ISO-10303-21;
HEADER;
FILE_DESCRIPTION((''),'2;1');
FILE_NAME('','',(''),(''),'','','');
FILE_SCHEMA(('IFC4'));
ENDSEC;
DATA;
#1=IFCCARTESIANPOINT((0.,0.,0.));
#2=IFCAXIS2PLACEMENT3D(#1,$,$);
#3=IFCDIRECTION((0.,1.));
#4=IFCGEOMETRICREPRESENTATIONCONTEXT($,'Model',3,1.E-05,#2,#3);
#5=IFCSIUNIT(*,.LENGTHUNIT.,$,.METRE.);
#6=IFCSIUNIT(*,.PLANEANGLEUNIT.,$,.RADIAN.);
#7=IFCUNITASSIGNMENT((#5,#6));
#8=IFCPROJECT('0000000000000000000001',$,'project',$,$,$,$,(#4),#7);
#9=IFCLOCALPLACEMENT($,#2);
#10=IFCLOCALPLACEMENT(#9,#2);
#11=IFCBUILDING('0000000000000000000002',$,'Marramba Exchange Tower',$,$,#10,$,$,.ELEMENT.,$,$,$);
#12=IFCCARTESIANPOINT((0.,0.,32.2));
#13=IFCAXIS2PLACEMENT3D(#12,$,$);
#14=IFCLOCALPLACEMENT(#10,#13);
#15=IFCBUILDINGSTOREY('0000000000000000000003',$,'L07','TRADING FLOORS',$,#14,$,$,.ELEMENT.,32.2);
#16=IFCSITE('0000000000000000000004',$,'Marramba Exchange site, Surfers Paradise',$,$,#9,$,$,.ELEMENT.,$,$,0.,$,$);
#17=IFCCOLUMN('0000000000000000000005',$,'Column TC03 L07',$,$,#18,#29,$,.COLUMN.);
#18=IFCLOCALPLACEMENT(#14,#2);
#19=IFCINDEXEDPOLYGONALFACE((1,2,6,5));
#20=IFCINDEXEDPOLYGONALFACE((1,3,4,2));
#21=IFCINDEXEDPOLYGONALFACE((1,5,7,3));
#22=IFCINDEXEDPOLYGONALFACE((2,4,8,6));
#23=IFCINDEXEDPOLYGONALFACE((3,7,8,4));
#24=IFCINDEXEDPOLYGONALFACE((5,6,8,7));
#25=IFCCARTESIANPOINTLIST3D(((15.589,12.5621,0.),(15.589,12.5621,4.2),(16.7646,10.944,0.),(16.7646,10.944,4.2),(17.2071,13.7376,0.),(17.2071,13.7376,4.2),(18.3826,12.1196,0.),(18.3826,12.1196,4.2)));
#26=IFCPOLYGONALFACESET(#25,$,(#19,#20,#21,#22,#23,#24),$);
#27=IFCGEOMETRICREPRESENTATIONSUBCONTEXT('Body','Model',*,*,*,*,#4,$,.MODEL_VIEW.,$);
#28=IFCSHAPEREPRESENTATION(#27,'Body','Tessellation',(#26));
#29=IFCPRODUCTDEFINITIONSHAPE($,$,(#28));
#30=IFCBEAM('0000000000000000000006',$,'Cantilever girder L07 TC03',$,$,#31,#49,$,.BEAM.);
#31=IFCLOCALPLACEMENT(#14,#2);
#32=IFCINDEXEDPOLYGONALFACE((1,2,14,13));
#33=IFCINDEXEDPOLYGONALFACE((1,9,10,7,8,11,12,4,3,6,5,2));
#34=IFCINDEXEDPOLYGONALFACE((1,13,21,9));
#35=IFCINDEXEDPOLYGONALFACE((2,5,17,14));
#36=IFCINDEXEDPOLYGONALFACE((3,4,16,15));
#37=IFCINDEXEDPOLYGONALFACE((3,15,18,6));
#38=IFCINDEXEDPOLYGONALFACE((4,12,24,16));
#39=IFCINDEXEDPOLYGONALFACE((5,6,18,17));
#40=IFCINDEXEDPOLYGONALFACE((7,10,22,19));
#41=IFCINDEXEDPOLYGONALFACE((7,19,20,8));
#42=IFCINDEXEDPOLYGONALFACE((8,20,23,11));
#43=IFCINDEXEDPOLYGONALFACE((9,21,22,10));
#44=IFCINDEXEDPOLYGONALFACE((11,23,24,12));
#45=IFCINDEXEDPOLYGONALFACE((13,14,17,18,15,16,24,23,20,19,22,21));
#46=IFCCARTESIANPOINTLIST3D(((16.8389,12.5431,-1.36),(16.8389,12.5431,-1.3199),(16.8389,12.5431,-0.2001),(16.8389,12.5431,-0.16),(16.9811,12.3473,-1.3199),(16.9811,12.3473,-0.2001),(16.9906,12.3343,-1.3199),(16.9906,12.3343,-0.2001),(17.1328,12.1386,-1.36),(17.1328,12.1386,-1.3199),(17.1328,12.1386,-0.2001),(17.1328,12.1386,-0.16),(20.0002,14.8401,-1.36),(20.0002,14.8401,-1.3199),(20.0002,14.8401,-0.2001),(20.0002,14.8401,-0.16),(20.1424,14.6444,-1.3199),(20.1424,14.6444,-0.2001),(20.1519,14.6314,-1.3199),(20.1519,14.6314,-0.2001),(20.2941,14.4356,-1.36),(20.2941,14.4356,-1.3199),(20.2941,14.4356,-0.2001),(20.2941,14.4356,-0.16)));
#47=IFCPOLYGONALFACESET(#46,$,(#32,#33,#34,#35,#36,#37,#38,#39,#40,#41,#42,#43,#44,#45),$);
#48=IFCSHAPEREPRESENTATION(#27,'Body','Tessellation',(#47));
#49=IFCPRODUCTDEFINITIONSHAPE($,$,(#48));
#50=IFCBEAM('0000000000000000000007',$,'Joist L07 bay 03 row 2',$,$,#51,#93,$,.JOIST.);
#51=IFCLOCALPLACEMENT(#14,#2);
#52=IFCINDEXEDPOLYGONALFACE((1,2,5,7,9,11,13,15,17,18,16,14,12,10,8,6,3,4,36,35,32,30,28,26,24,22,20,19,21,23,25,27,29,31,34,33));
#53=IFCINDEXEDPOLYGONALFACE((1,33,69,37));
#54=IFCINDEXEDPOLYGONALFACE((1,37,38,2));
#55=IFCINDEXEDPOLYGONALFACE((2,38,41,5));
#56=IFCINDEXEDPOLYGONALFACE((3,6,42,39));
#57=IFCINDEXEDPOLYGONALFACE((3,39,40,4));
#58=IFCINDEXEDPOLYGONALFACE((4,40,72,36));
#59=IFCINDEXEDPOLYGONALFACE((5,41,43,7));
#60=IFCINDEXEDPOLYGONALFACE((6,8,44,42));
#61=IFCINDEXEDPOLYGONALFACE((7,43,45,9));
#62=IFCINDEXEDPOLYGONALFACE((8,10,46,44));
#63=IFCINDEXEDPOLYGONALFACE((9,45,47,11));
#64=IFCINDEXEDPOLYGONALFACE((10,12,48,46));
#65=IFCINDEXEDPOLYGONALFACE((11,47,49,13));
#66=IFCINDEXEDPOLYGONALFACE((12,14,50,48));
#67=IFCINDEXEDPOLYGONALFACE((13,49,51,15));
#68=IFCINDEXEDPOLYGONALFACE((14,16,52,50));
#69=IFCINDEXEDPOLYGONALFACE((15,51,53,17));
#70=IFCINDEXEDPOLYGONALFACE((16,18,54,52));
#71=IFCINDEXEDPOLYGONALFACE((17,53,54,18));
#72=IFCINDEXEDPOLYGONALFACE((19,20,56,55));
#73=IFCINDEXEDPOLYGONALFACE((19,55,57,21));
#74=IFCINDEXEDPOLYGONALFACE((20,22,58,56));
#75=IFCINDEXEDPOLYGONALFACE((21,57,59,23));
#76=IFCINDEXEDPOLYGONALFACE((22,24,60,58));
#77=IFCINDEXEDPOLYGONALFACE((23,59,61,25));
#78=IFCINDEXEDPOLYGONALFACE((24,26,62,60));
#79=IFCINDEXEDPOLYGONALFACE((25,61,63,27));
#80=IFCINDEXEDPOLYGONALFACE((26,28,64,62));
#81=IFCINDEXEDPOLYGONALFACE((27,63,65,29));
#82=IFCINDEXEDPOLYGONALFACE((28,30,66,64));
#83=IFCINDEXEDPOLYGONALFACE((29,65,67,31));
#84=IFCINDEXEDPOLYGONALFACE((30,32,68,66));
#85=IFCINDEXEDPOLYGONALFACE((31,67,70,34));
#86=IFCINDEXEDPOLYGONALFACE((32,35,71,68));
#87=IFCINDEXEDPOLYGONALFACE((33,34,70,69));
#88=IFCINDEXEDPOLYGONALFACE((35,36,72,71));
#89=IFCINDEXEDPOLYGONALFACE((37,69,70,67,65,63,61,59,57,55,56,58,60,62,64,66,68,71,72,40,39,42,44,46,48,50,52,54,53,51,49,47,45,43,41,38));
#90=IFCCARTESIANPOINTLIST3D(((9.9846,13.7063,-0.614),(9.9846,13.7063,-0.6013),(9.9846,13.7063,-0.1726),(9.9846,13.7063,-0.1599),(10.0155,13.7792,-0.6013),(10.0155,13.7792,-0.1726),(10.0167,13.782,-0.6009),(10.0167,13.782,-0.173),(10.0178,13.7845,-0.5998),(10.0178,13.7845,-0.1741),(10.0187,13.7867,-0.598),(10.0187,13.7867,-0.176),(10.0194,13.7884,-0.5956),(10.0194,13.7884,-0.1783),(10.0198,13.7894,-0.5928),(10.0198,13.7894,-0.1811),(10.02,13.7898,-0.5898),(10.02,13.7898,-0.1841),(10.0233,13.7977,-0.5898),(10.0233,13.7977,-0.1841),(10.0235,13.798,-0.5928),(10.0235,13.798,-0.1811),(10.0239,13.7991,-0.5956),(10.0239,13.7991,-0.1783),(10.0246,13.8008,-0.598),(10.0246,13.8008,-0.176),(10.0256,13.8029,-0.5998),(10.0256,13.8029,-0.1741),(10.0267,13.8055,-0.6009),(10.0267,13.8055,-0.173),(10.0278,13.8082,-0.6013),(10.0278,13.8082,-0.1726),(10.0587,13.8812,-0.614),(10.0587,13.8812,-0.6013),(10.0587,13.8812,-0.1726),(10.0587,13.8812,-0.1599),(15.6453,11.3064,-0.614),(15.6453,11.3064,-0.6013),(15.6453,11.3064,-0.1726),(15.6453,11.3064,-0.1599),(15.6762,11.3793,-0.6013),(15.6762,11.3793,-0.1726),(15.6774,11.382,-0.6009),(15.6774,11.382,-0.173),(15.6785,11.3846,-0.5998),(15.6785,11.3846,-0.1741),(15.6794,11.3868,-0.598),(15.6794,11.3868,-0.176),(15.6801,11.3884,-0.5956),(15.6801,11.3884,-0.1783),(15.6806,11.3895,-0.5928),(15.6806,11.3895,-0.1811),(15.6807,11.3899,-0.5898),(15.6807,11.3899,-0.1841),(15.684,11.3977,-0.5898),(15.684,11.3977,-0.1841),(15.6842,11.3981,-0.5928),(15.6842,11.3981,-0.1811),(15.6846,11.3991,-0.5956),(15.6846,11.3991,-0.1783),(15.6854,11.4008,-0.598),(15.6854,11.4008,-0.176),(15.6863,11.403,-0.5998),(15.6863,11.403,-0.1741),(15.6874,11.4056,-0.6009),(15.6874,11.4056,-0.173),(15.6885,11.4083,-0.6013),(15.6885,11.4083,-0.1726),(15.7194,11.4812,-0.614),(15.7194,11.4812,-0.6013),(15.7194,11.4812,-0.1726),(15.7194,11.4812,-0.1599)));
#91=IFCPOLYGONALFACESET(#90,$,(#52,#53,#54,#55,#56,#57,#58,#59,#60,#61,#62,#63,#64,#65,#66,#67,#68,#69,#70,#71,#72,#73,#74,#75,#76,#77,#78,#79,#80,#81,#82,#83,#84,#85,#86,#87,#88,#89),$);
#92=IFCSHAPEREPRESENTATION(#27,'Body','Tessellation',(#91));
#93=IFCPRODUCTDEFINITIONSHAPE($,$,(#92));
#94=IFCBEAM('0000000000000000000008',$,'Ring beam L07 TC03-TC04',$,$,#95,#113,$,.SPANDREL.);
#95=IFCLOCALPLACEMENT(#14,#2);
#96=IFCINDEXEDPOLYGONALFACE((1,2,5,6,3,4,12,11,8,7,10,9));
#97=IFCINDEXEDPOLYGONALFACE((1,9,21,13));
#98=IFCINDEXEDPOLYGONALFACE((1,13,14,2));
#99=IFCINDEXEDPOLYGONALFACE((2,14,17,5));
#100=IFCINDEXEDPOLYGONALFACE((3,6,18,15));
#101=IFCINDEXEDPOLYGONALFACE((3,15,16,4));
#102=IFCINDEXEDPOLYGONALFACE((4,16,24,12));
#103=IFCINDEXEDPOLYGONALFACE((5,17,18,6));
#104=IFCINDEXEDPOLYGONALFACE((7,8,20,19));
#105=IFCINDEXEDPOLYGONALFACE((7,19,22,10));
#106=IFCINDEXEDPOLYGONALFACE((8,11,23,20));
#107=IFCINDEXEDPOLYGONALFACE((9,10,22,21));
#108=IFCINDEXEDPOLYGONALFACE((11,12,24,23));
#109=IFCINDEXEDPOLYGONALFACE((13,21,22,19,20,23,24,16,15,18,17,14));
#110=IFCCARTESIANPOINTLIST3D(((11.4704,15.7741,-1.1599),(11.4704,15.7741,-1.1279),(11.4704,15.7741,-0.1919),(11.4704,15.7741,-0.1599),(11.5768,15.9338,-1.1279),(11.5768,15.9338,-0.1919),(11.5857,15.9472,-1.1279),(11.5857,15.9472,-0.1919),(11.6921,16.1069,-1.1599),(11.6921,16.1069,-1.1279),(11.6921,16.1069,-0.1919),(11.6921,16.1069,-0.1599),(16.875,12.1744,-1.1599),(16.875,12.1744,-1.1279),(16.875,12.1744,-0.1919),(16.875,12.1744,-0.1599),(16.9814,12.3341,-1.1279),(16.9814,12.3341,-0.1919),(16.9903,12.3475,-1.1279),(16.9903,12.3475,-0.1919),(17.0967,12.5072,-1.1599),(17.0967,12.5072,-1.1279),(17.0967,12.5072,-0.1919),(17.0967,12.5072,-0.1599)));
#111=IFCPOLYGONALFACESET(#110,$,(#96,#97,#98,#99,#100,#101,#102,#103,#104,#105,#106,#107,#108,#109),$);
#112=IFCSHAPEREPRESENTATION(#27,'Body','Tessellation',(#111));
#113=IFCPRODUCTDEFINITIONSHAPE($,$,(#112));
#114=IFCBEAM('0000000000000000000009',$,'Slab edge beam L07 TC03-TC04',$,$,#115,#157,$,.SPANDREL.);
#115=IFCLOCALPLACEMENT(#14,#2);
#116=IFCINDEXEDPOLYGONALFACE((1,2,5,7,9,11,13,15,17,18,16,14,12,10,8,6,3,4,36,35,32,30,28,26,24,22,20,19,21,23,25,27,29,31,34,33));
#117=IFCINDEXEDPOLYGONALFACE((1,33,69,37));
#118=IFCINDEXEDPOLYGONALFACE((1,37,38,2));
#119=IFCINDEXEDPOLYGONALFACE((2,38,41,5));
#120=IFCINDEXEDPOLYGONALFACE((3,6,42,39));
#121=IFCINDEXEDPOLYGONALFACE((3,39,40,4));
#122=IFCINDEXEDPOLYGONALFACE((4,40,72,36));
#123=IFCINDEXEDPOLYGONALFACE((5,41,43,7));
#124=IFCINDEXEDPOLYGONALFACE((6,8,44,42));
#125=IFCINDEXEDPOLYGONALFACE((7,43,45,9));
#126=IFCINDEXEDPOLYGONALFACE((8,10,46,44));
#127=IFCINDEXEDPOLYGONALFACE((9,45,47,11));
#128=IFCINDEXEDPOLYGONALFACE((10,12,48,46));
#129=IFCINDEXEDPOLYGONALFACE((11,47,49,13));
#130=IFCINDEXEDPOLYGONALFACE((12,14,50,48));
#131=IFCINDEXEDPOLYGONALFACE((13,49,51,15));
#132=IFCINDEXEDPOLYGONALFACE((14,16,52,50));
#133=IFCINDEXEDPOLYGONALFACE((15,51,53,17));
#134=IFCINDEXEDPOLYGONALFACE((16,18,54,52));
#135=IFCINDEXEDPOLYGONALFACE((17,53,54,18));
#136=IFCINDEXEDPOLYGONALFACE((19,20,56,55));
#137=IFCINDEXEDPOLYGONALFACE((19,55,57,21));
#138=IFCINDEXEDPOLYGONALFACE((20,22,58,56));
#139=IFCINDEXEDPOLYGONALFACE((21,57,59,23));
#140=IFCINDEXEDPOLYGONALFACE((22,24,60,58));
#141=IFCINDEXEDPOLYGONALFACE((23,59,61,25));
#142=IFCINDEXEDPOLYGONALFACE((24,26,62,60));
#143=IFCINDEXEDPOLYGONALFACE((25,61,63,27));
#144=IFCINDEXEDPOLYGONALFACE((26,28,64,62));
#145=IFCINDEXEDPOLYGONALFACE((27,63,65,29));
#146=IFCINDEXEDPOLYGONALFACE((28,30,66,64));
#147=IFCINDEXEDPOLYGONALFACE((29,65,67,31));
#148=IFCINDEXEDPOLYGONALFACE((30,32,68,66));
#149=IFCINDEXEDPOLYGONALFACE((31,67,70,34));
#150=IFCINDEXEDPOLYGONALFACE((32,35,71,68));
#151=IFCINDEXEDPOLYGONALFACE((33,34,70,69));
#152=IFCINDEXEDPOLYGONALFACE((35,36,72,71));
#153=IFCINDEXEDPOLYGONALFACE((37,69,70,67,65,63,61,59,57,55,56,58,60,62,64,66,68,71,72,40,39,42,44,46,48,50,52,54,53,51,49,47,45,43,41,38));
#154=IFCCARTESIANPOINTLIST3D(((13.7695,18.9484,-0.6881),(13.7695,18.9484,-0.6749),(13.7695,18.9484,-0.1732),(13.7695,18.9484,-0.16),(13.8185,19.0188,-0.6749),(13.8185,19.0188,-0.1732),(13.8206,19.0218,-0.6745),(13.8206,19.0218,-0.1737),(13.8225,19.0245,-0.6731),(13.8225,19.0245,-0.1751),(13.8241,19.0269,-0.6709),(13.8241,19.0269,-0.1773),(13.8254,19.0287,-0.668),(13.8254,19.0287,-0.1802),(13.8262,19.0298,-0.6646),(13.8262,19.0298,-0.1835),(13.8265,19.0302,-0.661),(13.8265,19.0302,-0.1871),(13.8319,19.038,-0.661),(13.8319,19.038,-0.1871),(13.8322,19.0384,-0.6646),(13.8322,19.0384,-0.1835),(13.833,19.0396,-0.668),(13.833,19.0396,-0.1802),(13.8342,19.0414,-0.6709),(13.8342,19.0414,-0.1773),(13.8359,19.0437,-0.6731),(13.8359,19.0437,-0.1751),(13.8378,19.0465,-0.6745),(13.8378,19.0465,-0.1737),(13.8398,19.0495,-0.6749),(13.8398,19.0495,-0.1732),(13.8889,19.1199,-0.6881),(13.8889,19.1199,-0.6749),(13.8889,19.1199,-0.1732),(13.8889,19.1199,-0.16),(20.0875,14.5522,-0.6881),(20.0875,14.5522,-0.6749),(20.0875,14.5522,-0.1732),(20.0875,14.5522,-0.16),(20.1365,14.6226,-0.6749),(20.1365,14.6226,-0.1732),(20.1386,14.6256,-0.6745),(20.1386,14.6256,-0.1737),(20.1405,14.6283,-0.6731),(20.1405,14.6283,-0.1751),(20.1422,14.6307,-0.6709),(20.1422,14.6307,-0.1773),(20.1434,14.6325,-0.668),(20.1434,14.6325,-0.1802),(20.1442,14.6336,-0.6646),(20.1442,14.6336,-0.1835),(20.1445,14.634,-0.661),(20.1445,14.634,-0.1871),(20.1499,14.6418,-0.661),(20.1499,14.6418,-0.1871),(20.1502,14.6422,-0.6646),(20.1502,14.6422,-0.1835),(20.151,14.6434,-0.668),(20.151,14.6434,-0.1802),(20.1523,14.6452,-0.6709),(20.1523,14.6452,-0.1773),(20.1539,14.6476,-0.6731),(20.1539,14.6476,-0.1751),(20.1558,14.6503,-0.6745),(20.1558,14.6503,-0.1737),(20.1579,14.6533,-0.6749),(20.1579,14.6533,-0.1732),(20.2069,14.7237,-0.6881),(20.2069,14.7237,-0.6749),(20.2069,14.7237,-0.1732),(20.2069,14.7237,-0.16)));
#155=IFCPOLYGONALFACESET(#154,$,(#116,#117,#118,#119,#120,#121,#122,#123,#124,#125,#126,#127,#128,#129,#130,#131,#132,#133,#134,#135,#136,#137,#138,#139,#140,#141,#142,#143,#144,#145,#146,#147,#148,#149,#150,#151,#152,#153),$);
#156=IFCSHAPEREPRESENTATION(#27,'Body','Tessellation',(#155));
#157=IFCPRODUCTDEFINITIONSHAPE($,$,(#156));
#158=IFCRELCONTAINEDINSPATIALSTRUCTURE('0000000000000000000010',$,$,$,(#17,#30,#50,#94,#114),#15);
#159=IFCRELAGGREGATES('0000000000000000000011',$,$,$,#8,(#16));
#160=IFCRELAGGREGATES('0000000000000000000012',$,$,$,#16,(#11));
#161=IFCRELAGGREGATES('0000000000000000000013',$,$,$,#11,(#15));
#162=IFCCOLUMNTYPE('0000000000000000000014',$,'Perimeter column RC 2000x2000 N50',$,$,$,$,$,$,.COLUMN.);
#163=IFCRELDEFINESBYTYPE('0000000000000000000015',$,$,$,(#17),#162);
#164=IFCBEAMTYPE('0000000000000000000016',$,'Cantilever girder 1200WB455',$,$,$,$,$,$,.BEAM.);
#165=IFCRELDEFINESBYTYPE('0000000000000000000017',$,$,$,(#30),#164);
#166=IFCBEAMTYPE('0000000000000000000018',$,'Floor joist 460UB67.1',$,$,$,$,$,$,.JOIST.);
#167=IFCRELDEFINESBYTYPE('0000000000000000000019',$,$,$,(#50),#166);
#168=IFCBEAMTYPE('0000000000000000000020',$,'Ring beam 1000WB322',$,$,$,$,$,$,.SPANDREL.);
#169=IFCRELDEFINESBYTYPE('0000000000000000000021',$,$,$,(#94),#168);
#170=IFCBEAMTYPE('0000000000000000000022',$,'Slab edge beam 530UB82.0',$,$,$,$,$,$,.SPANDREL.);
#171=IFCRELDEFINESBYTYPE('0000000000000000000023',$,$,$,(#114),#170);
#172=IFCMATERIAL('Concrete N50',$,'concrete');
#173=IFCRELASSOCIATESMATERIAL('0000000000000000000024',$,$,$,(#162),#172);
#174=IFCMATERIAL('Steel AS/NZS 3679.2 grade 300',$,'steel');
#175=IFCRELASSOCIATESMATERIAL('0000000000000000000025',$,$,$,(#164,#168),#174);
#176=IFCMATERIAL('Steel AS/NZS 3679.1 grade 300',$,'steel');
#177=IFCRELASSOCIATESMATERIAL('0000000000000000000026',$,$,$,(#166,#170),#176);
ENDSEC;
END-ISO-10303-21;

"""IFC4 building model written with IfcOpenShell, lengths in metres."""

from ifc_helpers import new_model, si_unit, direction, frame, origin, origin_2d, place, context, subcontext, project, spatial, rectangle, i_section, extrude, material, material_profile, profile_set, type_object, element, save


model = new_model("IFC4")

# Units and contexts
model_context = context("Model", 3, precision=1e-05, world=origin(), true_north=direction((0.0, 1.0)))
body_context = subcontext(model_context, "Body", "Model", "MODEL_VIEW")
ifc_project = project(units=[si_unit("LENGTHUNIT", "METRE"), si_unit("PLANEANGLEUNIT", "RADIAN")], contexts=[model_context])

# Site, building, storey
site_placement = place(None, origin())
site = spatial("IfcSite", under=ifc_project, at=site_placement, Name="Marramba Exchange site, Surfers Paradise", CompositionType="ELEMENT", RefElevation=0.0)
building_placement = place(site_placement, origin())
building = spatial("IfcBuilding", under=site, at=building_placement, Name="Marramba Exchange Tower", CompositionType="ELEMENT")
storey_placement = place(building_placement, frame((0.0, 0.0, 32.2)))
storey = spatial("IfcBuildingStorey", under=building, at=storey_placement, Name="L07", Description="TRADING FLOORS", CompositionType="ELEMENT", Elevation=32.2)

# Column
ifc_material_1 = material(Name="Concrete N50", Category="concrete")
ifc_material_profile_1 = material_profile(ifc_material_1, rectangle(XDim=2.0, YDim=2.0, at=origin_2d()), Name="RC 2000x2000")
ifc_profile_set_1 = profile_set([ifc_material_profile_1], Name="Concrete N50")
column_type = type_object("IfcColumnType", Name="Perimeter column RC 2000x2000 N50", PredefinedType="COLUMN", material=ifc_profile_set_1)
column_placement = place(storey_placement, frame((16.9858, 12.3408, 0.0), z_axis=(0.0, 0.0, 1.0), x_axis=(0.809017, 0.587785, 0.0)))
element("IfcColumn", 1, at=column_placement, inside=storey, type_object=column_type, Name="Column TC03 L07", PredefinedType="COLUMN", context=body_context, shape_type="SweptSolid", body=[
    extrude(rectangle(XDim=2.0, YDim=2.0, at=origin_2d()), origin(), (0.0, 0.0, 1.0), 4.2),
])

# Beams
ifc_material_2 = material(Name="Steel AS/NZS 3679.2 grade 300", Category="steel")
ifc_material_profile_2 = material_profile(ifc_material_2, i_section(OverallWidth=0.5, OverallDepth=1.2, WebThickness=0.0161, FlangeThickness=0.04, at=origin_2d()), Name="1200WB455")
ifc_profile_set_2 = profile_set([ifc_material_profile_2], Name="Steel AS/NZS 3679.2 grade 300")
beam_type_1 = type_object("IfcBeamType", Name="Cantilever girder 1200WB455", PredefinedType="BEAM", material=ifc_profile_set_2)
beam_1_placement = place(storey_placement, frame((16.9858, 12.3408, -0.76), z_axis=(0.808987, 0.587826, 0.0), x_axis=(-0.587826, 0.808987, 0.0)))
element("IfcBeam", 2, at=beam_1_placement, inside=storey, type_object=beam_type_1, Name="Cantilever girder L07 TC03", PredefinedType="BEAM", context=body_context, shape_type="SweptSolid", body=[
    extrude(i_section(OverallWidth=0.5, OverallDepth=1.2, WebThickness=0.0161, FlangeThickness=0.04, at=origin_2d()), origin(), (0.0, 0.0, 1.0), 3.9077),
])
ifc_material_3 = material(Name="Steel AS/NZS 3679.1 grade 300", Category="steel")
ifc_material_profile_3 = material_profile(ifc_material_3, i_section(OverallWidth=0.1899, OverallDepth=0.4541, WebThickness=0.0085, FlangeThickness=0.0127, FilletRadius=0.0115, at=origin_2d()), Name="460UB67.1")
ifc_profile_set_3 = profile_set([ifc_material_profile_3], Name="Steel AS/NZS 3679.1 grade 300")
beam_type_2 = type_object("IfcBeamType", Name="Floor joist 460UB67.1", PredefinedType="JOIST", material=ifc_profile_set_3)
beam_2_placement = place(storey_placement, frame((15.6824, 11.3938, -0.387), z_axis=(-0.920674, 0.390332, 0.0), x_axis=(-0.390332, -0.920674, 0.0)))
element("IfcBeam", 3, at=beam_2_placement, inside=storey, type_object=beam_type_2, Name="Joist L07 bay 03 row 2", PredefinedType="JOIST", context=body_context, shape_type="SweptSolid", body=[
    extrude(i_section(OverallWidth=0.1899, OverallDepth=0.4541, WebThickness=0.0085, FlangeThickness=0.0127, FilletRadius=0.0115, at=origin_2d()), origin(), (0.0, 0.0, 1.0), 6.1484),
])
ifc_material_profile_4 = material_profile(ifc_material_2, i_section(OverallWidth=0.3999, OverallDepth=1.0, WebThickness=0.0161, FlangeThickness=0.032, at=origin_2d()), Name="1000WB322")
ifc_profile_set_4 = profile_set([ifc_material_profile_4], Name="Steel AS/NZS 3679.2 grade 300")
beam_type_3 = type_object("IfcBeamType", Name="Ring beam 1000WB322", PredefinedType="SPANDREL", material=ifc_profile_set_4)
beam_3_placement = place(storey_placement, frame((16.9858, 12.3408, -0.6599), z_axis=(-0.832293, 0.554336, 0.0), x_axis=(-0.554336, -0.832293, 0.0)))
element("IfcBeam", 4, at=beam_3_placement, inside=storey, type_object=beam_type_3, Name="Ring beam L07 TC03-TC04", PredefinedType="SPANDREL", context=body_context, shape_type="SweptSolid", body=[
    extrude(i_section(OverallWidth=0.3999, OverallDepth=1.0, WebThickness=0.0161, FlangeThickness=0.032, at=origin_2d()), origin(), (0.0, 0.0, 1.0), 6.4937),
])
ifc_material_profile_5 = material_profile(ifc_material_3, i_section(OverallWidth=0.209, OverallDepth=0.5281, WebThickness=0.0095, FlangeThickness=0.0132, FilletRadius=0.0139, at=origin_2d()), Name="530UB82.0")
ifc_profile_set_5 = profile_set([ifc_material_profile_5], Name="Steel AS/NZS 3679.1 grade 300")
beam_type_4 = type_object("IfcBeamType", Name="Slab edge beam 530UB82.0", PredefinedType="SPANDREL", material=ifc_profile_set_5)
beam_4_placement = place(storey_placement, frame((20.1472, 14.6379, -0.4241), z_axis=(-0.820842, 0.571155, 0.0), x_axis=(-0.571155, -0.820842, 0.0)))
element("IfcBeam", 5, at=beam_4_placement, inside=storey, type_object=beam_type_4, Name="Slab edge beam L07 TC03-TC04", PredefinedType="SPANDREL", context=body_context, shape_type="SweptSolid", body=[
    extrude(i_section(OverallWidth=0.209, OverallDepth=0.5281, WebThickness=0.0095, FlangeThickness=0.0132, FilletRadius=0.0139, at=origin_2d()), origin(), (0.0, 0.0, 1.0), 7.697),
])

save(model, "model.ifc")
